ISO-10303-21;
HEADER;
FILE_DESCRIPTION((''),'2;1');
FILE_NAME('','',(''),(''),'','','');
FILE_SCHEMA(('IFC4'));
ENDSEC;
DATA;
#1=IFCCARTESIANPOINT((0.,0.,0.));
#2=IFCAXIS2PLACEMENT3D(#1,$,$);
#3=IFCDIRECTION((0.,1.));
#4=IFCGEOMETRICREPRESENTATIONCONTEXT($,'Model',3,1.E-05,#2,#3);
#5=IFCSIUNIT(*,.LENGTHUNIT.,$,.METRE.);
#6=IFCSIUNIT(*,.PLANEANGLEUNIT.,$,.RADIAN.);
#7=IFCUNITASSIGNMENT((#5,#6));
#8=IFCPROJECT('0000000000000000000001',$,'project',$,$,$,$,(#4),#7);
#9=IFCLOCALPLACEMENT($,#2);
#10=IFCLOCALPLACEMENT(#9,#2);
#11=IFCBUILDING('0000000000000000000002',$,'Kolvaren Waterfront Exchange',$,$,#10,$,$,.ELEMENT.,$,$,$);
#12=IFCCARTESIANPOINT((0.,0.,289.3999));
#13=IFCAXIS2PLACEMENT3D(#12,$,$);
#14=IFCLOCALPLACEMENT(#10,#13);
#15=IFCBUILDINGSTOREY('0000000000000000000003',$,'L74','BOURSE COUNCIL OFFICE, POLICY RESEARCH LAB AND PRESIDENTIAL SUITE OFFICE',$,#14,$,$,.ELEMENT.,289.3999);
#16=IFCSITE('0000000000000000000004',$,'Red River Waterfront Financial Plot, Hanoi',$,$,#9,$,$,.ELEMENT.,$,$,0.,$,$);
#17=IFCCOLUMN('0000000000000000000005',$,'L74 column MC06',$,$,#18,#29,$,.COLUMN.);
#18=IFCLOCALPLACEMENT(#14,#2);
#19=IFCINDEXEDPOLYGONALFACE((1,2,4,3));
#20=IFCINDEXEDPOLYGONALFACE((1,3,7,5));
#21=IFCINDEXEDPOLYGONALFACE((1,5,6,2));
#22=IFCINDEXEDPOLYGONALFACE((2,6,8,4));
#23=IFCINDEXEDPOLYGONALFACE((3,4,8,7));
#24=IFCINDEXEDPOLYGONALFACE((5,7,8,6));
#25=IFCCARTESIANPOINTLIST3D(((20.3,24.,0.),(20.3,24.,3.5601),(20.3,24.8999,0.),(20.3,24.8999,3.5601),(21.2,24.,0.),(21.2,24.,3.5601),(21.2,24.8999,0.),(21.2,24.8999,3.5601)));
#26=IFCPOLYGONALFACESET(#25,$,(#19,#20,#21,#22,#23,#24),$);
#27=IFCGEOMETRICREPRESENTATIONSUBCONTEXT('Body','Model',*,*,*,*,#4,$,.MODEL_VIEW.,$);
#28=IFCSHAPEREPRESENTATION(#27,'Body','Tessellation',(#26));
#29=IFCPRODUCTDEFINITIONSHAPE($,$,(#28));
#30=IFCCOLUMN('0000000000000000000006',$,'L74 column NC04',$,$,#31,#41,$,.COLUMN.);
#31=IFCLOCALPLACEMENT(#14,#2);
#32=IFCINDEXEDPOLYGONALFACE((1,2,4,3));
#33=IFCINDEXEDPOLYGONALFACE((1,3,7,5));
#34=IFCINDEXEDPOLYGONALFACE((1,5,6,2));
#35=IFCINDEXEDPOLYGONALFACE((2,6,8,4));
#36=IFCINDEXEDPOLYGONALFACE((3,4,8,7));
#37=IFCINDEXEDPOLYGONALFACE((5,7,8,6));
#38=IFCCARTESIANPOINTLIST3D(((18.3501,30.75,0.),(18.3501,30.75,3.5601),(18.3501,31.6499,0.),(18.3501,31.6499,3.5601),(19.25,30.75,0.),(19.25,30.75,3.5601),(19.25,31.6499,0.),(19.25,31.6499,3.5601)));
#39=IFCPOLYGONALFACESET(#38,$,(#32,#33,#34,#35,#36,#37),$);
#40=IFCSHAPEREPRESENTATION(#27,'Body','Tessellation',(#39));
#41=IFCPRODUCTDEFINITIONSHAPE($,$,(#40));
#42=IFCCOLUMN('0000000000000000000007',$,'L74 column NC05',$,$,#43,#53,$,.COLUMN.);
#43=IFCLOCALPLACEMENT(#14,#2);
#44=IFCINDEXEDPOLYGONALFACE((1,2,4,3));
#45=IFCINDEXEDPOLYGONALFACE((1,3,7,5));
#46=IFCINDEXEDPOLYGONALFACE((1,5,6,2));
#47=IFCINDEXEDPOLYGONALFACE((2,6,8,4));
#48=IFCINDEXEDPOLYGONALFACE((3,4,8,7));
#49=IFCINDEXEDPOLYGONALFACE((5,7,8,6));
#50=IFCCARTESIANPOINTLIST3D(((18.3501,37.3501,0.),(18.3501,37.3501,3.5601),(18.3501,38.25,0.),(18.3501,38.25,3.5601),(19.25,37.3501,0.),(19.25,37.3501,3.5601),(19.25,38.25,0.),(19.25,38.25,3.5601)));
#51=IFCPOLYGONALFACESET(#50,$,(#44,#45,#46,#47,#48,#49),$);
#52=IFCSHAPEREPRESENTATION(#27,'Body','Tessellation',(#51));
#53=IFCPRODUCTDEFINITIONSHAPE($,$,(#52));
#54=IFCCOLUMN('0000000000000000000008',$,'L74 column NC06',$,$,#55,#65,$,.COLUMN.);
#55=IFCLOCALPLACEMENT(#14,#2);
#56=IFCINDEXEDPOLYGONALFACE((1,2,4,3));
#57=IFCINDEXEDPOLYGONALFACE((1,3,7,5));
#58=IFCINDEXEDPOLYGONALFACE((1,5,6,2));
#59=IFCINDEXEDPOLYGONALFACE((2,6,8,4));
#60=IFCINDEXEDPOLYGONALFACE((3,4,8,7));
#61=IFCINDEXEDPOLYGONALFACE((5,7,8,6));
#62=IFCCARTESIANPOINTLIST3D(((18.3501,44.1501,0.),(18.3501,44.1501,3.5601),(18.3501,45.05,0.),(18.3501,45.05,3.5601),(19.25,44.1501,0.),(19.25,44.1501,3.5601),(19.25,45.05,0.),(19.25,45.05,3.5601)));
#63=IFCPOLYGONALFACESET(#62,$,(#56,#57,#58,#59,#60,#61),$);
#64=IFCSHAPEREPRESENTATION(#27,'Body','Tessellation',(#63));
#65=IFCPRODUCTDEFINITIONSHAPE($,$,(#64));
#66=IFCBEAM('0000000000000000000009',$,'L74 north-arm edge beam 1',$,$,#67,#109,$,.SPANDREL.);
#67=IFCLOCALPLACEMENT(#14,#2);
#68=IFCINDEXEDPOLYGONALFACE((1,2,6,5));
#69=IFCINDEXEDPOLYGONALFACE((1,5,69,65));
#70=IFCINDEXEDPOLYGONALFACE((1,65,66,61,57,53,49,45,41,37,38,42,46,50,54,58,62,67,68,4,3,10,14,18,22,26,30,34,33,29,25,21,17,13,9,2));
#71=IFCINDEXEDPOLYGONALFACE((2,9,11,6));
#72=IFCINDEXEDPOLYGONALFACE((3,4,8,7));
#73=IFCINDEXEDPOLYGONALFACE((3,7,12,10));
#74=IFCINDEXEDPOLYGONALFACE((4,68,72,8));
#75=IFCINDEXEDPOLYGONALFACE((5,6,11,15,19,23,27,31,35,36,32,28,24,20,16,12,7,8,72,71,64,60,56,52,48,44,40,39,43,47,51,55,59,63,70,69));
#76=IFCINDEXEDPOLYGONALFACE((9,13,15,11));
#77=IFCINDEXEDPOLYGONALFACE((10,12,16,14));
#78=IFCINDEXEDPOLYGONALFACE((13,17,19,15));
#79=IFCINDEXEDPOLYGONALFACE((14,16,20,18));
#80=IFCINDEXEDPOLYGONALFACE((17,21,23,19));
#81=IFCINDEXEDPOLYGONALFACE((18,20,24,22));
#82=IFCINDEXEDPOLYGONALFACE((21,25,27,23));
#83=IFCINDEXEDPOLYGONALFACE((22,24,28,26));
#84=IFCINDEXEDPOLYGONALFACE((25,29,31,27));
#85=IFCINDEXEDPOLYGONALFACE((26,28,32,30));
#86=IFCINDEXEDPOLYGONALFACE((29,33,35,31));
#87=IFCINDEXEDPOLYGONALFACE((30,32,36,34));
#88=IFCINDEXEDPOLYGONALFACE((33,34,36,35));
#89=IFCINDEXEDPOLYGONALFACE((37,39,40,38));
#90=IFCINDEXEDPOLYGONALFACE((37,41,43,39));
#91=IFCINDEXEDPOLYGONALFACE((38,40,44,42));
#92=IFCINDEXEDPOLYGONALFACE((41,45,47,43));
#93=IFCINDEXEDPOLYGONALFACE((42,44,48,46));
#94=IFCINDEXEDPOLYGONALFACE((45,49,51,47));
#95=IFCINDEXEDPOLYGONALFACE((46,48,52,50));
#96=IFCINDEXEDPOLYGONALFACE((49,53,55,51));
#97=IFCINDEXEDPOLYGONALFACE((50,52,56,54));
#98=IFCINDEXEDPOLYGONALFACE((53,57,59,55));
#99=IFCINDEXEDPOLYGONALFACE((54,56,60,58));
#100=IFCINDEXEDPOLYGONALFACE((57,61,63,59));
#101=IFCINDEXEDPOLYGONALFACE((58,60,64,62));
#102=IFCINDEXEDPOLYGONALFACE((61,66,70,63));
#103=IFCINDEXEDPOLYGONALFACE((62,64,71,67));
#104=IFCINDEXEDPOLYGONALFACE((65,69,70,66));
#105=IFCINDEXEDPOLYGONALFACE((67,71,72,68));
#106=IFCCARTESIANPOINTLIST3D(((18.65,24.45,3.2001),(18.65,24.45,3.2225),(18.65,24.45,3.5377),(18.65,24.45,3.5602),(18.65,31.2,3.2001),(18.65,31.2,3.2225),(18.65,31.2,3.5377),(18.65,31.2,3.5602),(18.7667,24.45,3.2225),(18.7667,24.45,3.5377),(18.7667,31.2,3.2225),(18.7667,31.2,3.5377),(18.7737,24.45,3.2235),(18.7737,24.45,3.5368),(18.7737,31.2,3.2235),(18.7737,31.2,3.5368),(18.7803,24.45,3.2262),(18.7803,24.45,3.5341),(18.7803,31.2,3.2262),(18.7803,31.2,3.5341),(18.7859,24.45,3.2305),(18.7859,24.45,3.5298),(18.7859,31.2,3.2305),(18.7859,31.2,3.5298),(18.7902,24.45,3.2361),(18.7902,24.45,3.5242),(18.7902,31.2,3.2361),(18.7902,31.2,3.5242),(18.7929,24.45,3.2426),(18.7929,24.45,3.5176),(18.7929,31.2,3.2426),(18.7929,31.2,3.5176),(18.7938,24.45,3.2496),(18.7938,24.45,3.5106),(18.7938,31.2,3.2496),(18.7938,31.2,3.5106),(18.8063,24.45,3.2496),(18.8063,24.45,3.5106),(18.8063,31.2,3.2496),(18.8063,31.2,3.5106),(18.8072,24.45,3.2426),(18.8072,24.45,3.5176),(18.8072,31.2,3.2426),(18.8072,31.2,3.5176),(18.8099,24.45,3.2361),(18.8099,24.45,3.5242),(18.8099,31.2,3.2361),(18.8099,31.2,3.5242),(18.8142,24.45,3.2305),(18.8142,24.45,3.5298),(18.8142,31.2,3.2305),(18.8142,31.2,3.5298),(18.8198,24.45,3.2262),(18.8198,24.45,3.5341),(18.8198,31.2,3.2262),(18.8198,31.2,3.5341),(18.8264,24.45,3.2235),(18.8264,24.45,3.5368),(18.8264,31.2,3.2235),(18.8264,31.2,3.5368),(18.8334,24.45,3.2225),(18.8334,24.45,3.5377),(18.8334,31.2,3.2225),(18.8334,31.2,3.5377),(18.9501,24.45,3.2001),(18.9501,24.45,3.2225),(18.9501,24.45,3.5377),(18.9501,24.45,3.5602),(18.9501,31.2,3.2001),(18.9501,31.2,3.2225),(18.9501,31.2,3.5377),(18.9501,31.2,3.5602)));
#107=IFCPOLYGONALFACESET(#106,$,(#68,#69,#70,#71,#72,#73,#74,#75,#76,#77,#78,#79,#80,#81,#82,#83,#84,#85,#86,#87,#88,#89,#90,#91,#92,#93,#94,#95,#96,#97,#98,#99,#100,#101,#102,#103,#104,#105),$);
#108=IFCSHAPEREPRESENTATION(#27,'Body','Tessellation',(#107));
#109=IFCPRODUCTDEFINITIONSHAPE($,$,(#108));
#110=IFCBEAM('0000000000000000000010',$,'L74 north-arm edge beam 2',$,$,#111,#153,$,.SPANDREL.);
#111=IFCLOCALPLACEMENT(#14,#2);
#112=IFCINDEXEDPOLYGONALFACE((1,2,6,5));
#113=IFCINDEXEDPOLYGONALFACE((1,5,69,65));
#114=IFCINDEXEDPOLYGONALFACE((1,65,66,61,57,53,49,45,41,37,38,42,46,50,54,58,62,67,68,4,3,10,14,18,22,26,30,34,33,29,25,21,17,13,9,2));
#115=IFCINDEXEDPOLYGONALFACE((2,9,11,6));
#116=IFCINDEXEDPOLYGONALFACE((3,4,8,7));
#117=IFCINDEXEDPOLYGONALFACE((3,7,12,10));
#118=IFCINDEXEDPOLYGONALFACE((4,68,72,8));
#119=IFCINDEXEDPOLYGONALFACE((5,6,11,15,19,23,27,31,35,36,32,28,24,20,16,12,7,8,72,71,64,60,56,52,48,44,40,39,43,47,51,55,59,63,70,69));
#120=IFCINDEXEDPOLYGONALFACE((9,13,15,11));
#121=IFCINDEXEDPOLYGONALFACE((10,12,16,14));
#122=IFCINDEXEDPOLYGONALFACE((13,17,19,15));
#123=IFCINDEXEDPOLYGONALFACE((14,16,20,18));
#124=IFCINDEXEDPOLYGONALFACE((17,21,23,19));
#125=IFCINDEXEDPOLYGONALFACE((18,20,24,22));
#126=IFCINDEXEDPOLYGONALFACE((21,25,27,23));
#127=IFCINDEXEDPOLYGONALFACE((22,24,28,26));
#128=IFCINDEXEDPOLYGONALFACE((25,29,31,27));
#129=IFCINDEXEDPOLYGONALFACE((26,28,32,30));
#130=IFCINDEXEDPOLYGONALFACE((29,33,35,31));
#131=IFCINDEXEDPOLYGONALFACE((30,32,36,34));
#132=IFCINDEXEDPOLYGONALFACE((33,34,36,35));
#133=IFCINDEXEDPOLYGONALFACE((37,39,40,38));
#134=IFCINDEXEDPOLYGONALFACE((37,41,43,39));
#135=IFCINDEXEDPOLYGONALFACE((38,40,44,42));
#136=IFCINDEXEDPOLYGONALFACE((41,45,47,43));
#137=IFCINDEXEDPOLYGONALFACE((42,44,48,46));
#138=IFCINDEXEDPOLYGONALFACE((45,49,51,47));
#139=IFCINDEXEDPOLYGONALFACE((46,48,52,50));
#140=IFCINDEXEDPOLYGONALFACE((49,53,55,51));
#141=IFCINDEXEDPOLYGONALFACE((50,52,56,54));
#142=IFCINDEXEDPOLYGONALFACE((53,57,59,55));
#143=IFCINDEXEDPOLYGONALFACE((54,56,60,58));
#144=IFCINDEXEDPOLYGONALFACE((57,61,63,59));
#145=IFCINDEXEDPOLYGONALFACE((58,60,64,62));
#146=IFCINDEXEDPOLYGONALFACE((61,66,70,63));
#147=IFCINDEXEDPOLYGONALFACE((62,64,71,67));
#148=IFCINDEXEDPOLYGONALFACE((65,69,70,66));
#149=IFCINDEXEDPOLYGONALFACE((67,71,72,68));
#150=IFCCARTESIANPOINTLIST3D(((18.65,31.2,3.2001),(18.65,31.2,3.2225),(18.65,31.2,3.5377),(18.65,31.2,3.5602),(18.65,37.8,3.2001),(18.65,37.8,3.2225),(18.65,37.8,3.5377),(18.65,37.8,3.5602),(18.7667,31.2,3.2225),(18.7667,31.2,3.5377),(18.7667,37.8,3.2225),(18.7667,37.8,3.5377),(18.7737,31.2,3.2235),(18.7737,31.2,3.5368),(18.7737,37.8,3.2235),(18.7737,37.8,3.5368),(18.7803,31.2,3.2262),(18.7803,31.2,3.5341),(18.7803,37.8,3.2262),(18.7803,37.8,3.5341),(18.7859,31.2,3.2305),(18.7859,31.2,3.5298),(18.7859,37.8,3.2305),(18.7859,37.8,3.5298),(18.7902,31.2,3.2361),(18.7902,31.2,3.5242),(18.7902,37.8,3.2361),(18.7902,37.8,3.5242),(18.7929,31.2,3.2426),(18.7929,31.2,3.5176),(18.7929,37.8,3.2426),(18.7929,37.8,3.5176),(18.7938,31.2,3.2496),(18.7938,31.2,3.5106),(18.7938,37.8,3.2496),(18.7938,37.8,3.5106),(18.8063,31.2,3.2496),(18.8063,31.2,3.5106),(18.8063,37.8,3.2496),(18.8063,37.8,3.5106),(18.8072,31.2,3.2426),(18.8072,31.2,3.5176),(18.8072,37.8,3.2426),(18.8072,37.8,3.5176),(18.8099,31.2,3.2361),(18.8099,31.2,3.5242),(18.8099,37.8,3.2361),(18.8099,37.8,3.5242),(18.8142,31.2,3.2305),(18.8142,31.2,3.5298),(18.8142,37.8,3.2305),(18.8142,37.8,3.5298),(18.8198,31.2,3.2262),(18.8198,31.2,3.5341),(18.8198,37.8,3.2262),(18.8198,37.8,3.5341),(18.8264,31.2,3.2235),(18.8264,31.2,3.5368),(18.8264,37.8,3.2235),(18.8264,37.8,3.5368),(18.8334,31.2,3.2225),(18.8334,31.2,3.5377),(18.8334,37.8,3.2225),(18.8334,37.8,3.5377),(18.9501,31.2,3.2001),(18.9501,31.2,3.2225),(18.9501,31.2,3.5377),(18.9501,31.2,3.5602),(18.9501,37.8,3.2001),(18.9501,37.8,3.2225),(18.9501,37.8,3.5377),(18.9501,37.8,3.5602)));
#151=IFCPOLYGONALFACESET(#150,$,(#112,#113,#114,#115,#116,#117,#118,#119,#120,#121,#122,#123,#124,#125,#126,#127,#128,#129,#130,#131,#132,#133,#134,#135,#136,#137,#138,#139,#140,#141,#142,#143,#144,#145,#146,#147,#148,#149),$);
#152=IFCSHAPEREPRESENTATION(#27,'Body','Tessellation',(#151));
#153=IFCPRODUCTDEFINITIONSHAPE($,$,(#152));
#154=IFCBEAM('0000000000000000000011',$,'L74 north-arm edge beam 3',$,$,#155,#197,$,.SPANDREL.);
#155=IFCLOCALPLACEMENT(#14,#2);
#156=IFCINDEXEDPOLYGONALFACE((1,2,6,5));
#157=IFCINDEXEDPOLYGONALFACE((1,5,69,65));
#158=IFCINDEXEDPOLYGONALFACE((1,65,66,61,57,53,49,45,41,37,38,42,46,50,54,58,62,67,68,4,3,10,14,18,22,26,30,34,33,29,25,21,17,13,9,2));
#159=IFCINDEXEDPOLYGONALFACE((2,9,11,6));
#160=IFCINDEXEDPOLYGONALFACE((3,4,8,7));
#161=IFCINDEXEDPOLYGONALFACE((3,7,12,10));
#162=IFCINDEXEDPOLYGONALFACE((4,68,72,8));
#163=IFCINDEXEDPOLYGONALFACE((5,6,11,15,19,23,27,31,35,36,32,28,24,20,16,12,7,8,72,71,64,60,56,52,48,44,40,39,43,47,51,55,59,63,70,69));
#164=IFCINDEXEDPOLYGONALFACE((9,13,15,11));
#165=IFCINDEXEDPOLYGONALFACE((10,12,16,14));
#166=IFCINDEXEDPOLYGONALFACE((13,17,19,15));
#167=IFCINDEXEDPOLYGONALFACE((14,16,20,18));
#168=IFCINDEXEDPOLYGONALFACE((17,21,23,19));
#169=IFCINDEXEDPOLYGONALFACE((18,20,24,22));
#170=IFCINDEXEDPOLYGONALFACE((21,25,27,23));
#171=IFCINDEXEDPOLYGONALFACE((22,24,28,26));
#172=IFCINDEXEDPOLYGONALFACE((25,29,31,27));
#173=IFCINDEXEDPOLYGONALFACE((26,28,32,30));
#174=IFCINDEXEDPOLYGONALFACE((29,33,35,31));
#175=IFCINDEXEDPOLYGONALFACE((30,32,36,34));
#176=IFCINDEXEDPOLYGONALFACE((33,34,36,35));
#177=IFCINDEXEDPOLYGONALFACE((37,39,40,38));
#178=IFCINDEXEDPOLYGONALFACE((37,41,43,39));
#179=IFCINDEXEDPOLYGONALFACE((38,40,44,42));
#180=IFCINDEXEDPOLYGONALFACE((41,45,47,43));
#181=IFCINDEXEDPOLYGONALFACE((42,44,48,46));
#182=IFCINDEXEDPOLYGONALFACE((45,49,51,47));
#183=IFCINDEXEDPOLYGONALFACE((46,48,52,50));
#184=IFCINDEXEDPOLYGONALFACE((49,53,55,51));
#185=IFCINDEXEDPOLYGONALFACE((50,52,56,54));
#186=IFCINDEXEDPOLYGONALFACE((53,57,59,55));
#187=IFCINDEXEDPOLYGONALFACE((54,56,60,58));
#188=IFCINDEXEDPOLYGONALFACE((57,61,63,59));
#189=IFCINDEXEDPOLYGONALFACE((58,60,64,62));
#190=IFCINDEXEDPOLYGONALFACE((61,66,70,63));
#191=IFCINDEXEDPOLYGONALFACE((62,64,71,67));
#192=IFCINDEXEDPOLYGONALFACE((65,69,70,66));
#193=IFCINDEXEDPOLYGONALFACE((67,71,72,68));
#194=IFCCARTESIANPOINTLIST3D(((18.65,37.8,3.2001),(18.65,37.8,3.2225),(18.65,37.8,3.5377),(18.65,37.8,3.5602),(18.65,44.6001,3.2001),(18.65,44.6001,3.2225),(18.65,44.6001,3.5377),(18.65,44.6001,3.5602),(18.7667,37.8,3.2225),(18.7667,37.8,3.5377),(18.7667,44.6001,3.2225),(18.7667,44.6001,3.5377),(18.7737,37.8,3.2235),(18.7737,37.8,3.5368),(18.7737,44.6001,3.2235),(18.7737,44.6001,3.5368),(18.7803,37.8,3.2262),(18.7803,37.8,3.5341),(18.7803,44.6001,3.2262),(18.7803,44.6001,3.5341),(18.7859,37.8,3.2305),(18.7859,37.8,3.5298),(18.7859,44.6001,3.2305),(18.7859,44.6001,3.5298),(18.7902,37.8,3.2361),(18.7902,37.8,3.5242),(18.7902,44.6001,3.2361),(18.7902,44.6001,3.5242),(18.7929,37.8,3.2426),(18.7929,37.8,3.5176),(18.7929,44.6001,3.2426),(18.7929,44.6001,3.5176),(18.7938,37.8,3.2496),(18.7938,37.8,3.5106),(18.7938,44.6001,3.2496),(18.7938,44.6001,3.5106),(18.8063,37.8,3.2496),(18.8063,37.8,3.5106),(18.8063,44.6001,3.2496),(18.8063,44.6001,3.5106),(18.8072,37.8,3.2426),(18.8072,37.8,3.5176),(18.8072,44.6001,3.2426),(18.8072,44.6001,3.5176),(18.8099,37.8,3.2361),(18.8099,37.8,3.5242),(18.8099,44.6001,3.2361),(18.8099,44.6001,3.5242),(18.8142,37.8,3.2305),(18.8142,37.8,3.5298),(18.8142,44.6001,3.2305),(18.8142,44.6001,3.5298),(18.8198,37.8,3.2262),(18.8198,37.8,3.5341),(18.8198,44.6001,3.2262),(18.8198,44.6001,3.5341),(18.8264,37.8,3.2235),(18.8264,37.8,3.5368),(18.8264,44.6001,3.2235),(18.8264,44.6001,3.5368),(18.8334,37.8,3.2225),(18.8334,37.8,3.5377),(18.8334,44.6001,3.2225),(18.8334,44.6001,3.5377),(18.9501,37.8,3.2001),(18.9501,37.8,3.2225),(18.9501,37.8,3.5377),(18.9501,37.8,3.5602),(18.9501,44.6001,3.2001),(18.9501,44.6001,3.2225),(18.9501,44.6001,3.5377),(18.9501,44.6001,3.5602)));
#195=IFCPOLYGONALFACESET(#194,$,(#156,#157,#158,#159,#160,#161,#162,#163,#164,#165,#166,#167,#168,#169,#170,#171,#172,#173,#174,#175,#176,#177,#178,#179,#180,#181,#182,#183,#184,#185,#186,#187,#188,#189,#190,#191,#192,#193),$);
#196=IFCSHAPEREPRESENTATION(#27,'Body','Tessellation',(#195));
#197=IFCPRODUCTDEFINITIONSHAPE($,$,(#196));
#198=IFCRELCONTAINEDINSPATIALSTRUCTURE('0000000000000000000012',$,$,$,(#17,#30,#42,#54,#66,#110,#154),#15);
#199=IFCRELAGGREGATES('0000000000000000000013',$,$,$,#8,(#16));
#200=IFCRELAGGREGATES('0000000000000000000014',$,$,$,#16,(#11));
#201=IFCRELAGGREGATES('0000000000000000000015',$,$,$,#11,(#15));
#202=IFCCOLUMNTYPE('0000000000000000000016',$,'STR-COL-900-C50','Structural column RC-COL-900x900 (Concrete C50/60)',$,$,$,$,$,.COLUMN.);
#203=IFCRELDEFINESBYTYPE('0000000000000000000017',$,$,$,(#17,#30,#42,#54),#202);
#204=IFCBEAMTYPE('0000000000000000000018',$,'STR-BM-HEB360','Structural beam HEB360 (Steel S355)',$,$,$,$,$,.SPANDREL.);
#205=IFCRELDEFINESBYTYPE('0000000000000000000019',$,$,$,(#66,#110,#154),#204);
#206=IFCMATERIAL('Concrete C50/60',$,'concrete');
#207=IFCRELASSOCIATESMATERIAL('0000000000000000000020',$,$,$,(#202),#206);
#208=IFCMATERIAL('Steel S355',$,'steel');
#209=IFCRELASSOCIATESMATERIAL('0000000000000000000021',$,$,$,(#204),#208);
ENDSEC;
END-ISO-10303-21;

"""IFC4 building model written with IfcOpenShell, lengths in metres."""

from ifc_helpers import new_model, si_unit, direction, frame, origin, origin_2d, place, context, subcontext, project, spatial, rectangle, i_section, extrude, material, material_profile, profile_set, type_object, element, save


model = new_model("IFC4")

# Units and contexts
model_context = context("Model", 3, precision=1e-05, world=origin(), true_north=direction((0.0, 1.0)))
body_context = subcontext(model_context, "Body", "Model", "MODEL_VIEW")
ifc_project = project(units=[si_unit("LENGTHUNIT", "METRE"), si_unit("PLANEANGLEUNIT", "RADIAN")], contexts=[model_context])

# Site, building, storey
site_placement = place(None, origin())
site = spatial("IfcSite", under=ifc_project, at=site_placement, Name="Red River Waterfront Financial Plot, Hanoi", CompositionType="ELEMENT", RefElevation=0.0)
building_placement = place(site_placement, origin())
building = spatial("IfcBuilding", under=site, at=building_placement, Name="Kolvaren Waterfront Exchange", CompositionType="ELEMENT")
storey_placement = place(building_placement, frame((0.0, 0.0, 289.3999)))
storey = spatial("IfcBuildingStorey", under=building, at=storey_placement, Name="L74", Description="BOURSE COUNCIL OFFICE, POLICY RESEARCH LAB AND PRESIDENTIAL SUITE OFFICE", CompositionType="ELEMENT", Elevation=289.3999)

# Columns
ifc_material_1 = material(Name="Concrete C50/60", Category="concrete")
ifc_material_profile_1 = material_profile(ifc_material_1, rectangle(XDim=0.8999, YDim=0.8999, at=origin_2d()), Name="RC-COL-900x900")
ifc_profile_set_1 = profile_set([ifc_material_profile_1], Name="Concrete C50/60")
column_type = type_object("IfcColumnType", Name="STR-COL-900-C50", Description="Structural column RC-COL-900x900 (Concrete C50/60)", PredefinedType="COLUMN", material=ifc_profile_set_1)
for number, where, z_axis, x_axis, name in (
    (1, (20.75, 24.45, 0.0), (0.0, 0.0, 1.0), (1.0, 0.0, 0.0), "L74 column MC06"),
    (2, (18.8, 31.2, 0.0), (0.0, 0.0, 1.0), (1.0, 0.0, 0.0), "L74 column NC04"),
    (3, (18.8, 37.8, 0.0), (0.0, 0.0, 1.0), (1.0, 0.0, 0.0), "L74 column NC05"),
    (4, (18.8, 44.6001, 0.0), (0.0, 0.0, 1.0), (1.0, 0.0, 0.0), "L74 column NC06"),
):
    element("IfcColumn", number, at=place(storey_placement, frame(where, z_axis=z_axis, x_axis=x_axis)), inside=storey, type_object=column_type, Name=name, PredefinedType="COLUMN", context=body_context, shape_type="SweptSolid", body=[
        extrude(rectangle(XDim=0.8999, YDim=0.8999, at=origin_2d()), origin(), (0.0, 0.0, 1.0), 3.5601),
    ])

# Beams
ifc_material_2 = material(Name="Steel S355", Category="steel")
ifc_material_profile_2 = material_profile(ifc_material_2, i_section(OverallWidth=0.3, OverallDepth=0.3601, WebThickness=0.0125, FlangeThickness=0.0225, FilletRadius=0.0271, at=origin_2d()), Name="HEB360")
ifc_profile_set_2 = profile_set([ifc_material_profile_2], Name="Steel S355")
beam_type = type_object("IfcBeamType", Name="STR-BM-HEB360", Description="Structural beam HEB360 (Steel S355)", PredefinedType="SPANDREL", material=ifc_profile_set_2)
beam_1_placement = place(storey_placement, frame((18.8, 24.45, 3.3801), z_axis=(0.0, 1.0, 0.0), x_axis=(-1.0, 0.0, 0.0)))
element("IfcBeam", 5, at=beam_1_placement, inside=storey, type_object=beam_type, Name="L74 north-arm edge beam 1", PredefinedType="SPANDREL", context=body_context, shape_type="SweptSolid", body=[
    extrude(i_section(OverallWidth=0.3, OverallDepth=0.3601, WebThickness=0.0125, FlangeThickness=0.0225, FilletRadius=0.0271, at=origin_2d()), origin(), (0.0, 0.0, 1.0), 6.75),
])
beam_2_placement = place(storey_placement, frame((18.8, 31.2, 3.3801), z_axis=(0.0, 1.0, 0.0), x_axis=(-1.0, 0.0, 0.0)))
element("IfcBeam", 6, at=beam_2_placement, inside=storey, type_object=beam_type, Name="L74 north-arm edge beam 2", PredefinedType="SPANDREL", context=body_context, shape_type="SweptSolid", body=[
    extrude(i_section(OverallWidth=0.3, OverallDepth=0.3601, WebThickness=0.0125, FlangeThickness=0.0225, FilletRadius=0.0271, at=origin_2d()), origin(), (0.0, 0.0, 1.0), 6.6001),
])
beam_3_placement = place(storey_placement, frame((18.8, 37.8, 3.3801), z_axis=(0.0, 1.0, 0.0), x_axis=(-1.0, 0.0, 0.0)))
element("IfcBeam", 7, at=beam_3_placement, inside=storey, type_object=beam_type, Name="L74 north-arm edge beam 3", PredefinedType="SPANDREL", context=body_context, shape_type="SweptSolid", body=[
    extrude(i_section(OverallWidth=0.3, OverallDepth=0.3601, WebThickness=0.0125, FlangeThickness=0.0225, FilletRadius=0.0271, at=origin_2d()), origin(), (0.0, 0.0, 1.0), 6.8),
])

save(model, "model.ifc")
